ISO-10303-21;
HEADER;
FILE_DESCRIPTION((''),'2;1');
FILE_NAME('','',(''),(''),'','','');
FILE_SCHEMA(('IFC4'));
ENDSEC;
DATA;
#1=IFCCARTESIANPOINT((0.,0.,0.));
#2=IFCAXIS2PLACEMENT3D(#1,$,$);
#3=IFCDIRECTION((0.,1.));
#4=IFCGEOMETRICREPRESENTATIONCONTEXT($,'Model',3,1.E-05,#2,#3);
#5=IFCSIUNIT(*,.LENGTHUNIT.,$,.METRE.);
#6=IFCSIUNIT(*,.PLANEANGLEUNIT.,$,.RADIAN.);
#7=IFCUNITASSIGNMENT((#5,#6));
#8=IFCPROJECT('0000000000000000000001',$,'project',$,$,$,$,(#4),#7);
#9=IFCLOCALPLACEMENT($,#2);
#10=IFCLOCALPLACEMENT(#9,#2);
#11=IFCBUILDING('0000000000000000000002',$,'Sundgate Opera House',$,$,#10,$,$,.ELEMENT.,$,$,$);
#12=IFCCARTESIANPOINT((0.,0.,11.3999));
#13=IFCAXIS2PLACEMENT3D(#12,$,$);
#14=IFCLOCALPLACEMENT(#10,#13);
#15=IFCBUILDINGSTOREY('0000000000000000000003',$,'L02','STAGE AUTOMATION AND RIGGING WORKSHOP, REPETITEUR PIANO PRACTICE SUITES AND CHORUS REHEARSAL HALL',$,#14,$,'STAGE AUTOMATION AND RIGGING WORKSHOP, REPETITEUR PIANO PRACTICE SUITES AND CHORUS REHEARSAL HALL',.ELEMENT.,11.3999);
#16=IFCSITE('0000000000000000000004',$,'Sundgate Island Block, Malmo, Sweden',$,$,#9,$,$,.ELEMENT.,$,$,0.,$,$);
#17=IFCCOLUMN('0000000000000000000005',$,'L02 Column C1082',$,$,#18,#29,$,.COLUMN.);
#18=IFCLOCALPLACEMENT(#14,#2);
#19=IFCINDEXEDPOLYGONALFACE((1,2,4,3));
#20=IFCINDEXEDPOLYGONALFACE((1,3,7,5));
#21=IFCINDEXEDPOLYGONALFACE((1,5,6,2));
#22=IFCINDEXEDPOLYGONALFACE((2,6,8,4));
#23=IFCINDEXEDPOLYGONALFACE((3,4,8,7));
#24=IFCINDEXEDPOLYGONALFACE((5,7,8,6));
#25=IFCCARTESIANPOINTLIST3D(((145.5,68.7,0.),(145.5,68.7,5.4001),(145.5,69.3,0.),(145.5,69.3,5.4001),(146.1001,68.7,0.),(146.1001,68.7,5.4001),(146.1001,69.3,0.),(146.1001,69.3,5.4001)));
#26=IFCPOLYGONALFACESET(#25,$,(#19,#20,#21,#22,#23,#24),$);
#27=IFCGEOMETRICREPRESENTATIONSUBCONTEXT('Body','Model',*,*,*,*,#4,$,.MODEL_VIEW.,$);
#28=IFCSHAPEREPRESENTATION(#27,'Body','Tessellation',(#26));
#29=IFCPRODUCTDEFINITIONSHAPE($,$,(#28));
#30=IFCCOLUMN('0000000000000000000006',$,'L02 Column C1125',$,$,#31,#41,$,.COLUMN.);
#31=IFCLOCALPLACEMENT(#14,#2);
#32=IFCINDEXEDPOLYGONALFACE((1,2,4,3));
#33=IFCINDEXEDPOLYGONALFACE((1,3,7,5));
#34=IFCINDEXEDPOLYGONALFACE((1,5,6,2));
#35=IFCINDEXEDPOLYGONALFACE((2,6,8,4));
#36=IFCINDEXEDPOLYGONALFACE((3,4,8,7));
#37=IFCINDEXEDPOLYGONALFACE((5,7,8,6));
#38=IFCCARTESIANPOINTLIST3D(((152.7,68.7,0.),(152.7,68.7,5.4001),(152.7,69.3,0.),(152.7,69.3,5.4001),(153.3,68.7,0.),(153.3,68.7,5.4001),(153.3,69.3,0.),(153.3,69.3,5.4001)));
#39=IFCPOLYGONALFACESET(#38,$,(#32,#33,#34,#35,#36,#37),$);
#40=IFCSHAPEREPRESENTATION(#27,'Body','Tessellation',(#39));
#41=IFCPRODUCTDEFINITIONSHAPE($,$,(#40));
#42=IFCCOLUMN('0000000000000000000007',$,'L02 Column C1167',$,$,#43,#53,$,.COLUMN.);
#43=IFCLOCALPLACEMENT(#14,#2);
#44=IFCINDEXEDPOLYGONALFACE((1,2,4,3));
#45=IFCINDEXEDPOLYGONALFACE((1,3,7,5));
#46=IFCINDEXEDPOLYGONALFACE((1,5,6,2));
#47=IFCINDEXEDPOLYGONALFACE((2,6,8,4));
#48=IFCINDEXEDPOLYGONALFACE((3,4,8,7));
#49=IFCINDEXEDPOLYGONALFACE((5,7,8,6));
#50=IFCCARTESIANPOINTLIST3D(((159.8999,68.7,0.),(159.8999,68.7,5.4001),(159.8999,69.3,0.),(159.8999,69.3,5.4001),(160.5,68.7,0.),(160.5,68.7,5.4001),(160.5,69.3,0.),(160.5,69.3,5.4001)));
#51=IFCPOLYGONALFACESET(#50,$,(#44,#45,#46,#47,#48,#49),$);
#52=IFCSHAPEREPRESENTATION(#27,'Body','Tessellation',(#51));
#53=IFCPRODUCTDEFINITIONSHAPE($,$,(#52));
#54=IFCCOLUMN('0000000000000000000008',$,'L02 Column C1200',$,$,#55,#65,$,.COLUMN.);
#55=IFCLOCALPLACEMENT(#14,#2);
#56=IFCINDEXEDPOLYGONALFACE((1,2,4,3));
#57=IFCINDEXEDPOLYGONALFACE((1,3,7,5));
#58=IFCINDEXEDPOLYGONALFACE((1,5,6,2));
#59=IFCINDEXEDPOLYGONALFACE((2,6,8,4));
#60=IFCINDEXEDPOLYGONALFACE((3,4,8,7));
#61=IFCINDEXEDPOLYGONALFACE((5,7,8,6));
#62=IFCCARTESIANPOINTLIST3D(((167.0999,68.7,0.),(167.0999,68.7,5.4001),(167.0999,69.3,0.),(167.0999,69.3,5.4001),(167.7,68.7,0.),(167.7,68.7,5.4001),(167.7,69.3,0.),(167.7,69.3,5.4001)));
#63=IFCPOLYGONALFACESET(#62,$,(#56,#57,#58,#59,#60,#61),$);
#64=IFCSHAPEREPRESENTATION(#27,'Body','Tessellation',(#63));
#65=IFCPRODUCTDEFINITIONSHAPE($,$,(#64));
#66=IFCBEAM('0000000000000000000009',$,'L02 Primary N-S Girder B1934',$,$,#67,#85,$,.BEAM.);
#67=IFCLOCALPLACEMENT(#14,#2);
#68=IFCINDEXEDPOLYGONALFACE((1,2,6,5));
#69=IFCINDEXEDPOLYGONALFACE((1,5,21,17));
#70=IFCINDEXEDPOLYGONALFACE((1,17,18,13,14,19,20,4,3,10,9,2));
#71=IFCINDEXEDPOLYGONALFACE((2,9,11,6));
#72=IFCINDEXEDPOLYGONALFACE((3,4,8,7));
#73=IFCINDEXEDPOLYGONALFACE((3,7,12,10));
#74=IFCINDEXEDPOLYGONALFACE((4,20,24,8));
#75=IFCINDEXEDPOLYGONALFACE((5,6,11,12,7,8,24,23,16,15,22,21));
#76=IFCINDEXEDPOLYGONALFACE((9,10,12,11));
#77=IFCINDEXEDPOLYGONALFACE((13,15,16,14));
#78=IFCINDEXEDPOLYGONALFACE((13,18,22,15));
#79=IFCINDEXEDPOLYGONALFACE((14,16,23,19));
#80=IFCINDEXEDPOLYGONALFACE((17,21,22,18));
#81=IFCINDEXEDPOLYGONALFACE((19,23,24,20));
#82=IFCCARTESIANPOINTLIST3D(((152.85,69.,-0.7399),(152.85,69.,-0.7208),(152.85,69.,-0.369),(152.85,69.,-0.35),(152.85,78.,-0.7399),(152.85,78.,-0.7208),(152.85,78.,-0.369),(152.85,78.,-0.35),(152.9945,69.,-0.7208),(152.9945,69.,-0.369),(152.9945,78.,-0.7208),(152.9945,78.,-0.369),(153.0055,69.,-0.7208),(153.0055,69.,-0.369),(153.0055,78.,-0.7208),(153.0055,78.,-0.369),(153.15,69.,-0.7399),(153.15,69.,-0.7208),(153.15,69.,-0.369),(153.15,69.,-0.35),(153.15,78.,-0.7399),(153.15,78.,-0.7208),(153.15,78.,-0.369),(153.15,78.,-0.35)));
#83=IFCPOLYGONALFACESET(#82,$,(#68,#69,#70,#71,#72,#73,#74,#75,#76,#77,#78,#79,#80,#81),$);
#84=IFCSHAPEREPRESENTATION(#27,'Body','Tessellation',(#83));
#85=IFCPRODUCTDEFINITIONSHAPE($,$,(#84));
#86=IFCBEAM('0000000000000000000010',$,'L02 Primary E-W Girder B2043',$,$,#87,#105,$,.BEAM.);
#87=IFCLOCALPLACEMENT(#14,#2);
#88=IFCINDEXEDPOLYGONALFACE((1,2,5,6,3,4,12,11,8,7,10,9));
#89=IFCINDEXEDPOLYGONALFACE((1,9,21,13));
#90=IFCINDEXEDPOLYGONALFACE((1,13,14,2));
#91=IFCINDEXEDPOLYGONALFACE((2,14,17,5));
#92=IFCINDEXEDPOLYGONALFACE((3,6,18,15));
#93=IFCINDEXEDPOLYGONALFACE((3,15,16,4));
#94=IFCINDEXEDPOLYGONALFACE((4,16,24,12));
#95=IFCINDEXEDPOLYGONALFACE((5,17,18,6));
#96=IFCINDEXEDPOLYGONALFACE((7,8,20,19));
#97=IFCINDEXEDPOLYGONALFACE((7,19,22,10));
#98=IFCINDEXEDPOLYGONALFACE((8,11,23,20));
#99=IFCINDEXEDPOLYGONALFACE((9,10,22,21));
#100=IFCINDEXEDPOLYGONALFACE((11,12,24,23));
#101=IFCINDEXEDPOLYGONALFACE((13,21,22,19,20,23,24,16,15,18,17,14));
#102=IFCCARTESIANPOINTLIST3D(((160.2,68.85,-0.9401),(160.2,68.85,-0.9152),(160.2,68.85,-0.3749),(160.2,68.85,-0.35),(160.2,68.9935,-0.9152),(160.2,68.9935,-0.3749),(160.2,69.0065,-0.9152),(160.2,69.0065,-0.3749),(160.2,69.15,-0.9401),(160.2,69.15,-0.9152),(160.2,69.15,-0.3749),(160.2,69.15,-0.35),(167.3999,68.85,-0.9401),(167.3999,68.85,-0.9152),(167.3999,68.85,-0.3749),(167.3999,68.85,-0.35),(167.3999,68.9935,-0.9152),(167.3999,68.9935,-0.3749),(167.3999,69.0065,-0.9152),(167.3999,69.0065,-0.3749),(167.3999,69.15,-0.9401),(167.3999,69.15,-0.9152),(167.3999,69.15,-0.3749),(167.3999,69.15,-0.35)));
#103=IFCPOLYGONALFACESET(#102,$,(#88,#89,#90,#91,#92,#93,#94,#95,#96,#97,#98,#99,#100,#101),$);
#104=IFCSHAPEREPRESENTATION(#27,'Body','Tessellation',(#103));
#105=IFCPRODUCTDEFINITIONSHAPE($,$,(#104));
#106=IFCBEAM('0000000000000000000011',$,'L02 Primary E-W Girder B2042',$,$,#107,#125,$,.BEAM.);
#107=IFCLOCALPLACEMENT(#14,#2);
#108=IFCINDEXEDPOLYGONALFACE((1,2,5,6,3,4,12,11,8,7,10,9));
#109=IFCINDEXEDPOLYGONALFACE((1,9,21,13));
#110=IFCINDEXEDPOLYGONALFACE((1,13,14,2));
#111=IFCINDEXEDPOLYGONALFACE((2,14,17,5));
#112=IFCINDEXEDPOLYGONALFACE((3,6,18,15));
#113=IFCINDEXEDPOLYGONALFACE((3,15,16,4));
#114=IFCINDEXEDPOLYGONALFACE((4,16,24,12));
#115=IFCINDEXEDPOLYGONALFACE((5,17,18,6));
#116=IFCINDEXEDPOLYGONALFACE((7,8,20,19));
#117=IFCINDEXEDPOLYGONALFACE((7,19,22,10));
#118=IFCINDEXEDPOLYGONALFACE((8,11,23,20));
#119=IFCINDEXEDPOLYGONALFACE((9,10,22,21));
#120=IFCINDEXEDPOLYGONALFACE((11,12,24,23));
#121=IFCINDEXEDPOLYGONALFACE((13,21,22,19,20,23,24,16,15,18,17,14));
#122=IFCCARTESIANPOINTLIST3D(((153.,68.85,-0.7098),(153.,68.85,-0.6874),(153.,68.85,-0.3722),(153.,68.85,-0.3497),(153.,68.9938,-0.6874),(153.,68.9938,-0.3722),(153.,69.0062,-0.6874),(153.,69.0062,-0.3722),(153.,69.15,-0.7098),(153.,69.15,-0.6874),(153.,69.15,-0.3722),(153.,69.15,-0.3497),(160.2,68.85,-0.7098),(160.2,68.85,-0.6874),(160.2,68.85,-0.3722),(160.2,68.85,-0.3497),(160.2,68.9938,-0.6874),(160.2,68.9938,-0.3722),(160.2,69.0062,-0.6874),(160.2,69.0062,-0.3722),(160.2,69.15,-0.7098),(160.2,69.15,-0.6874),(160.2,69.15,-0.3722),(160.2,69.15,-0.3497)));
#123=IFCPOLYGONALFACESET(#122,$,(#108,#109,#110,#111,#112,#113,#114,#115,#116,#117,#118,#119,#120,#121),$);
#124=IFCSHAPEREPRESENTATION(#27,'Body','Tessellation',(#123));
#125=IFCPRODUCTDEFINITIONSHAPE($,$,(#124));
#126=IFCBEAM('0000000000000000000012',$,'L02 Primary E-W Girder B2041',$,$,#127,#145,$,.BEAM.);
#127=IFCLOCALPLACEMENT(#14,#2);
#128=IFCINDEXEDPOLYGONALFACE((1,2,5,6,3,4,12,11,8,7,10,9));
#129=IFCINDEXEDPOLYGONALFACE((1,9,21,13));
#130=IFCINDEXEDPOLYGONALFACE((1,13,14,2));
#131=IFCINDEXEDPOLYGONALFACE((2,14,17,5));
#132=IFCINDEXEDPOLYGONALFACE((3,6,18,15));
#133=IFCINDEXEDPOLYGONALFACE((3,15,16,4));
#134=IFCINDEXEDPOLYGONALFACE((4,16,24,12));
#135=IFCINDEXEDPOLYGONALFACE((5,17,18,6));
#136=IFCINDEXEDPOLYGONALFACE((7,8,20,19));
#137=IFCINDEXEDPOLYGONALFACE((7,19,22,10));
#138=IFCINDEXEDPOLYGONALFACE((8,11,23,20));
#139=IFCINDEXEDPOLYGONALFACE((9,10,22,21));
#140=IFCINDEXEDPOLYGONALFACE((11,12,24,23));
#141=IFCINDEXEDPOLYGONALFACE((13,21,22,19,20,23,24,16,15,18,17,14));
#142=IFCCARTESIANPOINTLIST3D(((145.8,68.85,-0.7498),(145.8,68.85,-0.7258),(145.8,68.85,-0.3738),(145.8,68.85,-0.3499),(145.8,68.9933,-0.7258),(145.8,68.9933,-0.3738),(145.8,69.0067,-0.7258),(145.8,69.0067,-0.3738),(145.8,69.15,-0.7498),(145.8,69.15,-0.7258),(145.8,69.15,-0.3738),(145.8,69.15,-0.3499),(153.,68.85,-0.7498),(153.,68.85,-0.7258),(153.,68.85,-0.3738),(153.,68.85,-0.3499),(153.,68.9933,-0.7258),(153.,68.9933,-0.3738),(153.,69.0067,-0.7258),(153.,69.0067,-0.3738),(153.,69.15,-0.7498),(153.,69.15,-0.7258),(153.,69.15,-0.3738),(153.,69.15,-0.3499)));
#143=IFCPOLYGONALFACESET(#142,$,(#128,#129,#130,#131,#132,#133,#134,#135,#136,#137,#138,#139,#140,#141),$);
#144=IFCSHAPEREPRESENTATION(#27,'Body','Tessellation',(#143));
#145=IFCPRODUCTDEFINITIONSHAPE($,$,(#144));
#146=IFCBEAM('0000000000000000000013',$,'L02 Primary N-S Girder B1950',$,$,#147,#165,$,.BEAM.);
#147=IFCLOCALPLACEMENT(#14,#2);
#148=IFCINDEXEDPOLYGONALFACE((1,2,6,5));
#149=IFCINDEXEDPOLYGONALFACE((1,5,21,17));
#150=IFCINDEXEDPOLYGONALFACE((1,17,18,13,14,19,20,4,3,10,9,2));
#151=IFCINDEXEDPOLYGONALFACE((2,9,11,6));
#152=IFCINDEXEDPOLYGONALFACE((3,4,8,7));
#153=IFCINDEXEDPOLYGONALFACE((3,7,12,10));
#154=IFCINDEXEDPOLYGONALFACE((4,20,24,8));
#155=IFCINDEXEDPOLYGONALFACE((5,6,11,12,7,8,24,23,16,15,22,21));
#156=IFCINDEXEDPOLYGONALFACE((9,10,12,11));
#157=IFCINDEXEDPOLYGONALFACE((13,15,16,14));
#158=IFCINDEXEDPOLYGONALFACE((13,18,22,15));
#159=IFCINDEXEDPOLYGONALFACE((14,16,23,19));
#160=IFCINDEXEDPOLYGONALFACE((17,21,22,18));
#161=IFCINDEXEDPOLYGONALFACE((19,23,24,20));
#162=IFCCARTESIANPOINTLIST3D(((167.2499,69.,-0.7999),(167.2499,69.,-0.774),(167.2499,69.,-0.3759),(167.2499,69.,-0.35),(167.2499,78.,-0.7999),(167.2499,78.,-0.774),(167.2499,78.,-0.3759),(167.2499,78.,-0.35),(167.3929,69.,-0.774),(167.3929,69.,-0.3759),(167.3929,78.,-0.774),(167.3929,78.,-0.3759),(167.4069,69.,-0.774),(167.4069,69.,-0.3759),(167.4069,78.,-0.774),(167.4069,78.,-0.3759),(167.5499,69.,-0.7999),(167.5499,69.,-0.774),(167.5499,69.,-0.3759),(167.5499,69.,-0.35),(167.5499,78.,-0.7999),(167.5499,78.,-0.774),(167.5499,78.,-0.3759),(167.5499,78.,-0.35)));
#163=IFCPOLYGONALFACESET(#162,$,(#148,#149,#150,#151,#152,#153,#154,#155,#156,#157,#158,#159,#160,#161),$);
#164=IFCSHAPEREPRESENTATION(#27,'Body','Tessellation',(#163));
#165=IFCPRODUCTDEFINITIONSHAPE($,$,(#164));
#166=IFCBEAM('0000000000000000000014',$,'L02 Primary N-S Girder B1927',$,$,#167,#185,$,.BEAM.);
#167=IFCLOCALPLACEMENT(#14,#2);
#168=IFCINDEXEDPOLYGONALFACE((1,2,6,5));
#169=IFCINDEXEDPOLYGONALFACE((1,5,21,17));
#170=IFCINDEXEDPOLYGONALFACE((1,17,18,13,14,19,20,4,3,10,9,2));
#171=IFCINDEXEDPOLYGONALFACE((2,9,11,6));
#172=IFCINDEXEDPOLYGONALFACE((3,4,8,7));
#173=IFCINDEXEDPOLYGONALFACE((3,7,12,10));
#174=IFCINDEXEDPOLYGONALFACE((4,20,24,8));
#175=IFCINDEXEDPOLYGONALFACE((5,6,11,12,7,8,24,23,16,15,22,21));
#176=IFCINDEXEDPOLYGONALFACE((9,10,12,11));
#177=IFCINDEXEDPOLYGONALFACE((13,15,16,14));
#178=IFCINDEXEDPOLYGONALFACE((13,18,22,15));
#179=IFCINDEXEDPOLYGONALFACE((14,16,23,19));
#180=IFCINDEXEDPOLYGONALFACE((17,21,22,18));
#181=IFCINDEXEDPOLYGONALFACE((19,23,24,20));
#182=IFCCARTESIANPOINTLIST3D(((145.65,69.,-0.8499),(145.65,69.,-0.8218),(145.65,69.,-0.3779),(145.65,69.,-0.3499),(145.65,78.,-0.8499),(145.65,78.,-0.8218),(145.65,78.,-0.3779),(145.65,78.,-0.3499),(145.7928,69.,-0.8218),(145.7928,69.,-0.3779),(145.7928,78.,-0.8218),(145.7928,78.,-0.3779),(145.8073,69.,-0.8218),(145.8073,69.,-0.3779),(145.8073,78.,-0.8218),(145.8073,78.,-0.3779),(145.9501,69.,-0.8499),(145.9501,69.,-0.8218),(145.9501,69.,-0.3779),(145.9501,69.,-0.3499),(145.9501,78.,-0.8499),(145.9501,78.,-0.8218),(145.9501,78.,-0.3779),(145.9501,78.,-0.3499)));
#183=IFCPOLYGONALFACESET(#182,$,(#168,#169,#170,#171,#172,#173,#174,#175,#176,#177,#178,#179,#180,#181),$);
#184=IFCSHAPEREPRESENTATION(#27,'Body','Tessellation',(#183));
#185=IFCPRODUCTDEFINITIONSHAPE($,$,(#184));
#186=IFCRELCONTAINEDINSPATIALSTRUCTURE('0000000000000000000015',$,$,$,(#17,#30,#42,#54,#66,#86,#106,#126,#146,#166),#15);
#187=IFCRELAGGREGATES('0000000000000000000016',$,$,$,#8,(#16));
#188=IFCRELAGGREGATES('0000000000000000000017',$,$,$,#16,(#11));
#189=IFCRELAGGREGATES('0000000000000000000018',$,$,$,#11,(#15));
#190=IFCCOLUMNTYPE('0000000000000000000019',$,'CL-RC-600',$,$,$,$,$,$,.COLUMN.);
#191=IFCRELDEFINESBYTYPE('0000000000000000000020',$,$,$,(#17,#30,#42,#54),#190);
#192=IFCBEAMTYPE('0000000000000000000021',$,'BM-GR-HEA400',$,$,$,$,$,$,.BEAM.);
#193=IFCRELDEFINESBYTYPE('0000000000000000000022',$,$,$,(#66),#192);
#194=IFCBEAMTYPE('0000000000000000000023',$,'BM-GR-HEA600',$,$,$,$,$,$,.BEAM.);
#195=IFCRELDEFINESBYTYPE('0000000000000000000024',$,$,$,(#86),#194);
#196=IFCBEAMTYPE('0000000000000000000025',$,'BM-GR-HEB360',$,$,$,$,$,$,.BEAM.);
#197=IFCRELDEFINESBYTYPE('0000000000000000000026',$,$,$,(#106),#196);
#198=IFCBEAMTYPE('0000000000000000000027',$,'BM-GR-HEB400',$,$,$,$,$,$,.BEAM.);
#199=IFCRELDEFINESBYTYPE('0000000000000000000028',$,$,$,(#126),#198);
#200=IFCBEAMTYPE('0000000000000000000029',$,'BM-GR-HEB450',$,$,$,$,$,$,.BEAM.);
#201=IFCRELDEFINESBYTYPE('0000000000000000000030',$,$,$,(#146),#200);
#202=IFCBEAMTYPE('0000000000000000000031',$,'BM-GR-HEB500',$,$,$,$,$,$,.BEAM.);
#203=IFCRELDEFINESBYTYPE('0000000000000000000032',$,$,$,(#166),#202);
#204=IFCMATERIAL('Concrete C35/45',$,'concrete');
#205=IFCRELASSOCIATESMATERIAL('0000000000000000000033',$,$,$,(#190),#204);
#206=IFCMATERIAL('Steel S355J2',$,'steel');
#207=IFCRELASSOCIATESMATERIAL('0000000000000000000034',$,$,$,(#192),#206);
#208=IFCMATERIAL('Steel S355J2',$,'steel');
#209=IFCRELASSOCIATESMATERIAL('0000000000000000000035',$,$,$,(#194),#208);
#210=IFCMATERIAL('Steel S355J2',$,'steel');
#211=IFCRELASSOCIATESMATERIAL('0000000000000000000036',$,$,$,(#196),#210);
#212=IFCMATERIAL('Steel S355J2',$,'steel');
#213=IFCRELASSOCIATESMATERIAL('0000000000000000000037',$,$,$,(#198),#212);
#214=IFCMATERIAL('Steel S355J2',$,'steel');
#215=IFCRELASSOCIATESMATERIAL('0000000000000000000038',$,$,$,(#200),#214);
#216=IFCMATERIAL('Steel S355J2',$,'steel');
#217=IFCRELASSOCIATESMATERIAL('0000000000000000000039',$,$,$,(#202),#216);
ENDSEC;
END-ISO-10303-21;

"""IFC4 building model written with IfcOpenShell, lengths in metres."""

from ifc_helpers import new_model, si_unit, direction, frame, origin, origin_2d, place, context, subcontext, project, spatial, rectangle, i_section, extrude, material, material_profile, profile_set, type_object, element, save


model = new_model("IFC4")

# Units and contexts
model_context = context("Model", 3, precision=1e-05, world=origin(), true_north=direction((0.0, 1.0)))
body_context = subcontext(model_context, "Body", "Model", "MODEL_VIEW")
ifc_project = project(units=[si_unit("LENGTHUNIT", "METRE"), si_unit("PLANEANGLEUNIT", "RADIAN")], contexts=[model_context])

# Site, building, storey
site_placement = place(None, origin())
site = spatial("IfcSite", under=ifc_project, at=site_placement, Name="Sundgate Island Block, Malmo, Sweden", CompositionType="ELEMENT", RefElevation=0.0)
building_placement = place(site_placement, origin())
building = spatial("IfcBuilding", under=site, at=building_placement, Name="Sundgate Opera House", CompositionType="ELEMENT")
storey_placement = place(building_placement, frame((0.0, 0.0, 11.3999)))
storey = spatial("IfcBuildingStorey", under=building, at=storey_placement, Name="L02", Description="STAGE AUTOMATION AND RIGGING WORKSHOP, REPETITEUR PIANO PRACTICE SUITES AND CHORUS REHEARSAL HALL", LongName="STAGE AUTOMATION AND RIGGING WORKSHOP, REPETITEUR PIANO PRACTICE SUITES AND CHORUS REHEARSAL HALL", CompositionType="ELEMENT", Elevation=11.3999)

# Columns
ifc_material_1 = material(Name="Concrete C35/45", Category="concrete")
ifc_material_profile_1 = material_profile(ifc_material_1, rectangle(XDim=0.6001, YDim=0.6001, at=origin_2d()), Name="RC 600x600")
ifc_profile_set_1 = profile_set([ifc_material_profile_1], Name="Concrete C35/45")
column_type = type_object("IfcColumnType", Name="CL-RC-600", PredefinedType="COLUMN", material=ifc_profile_set_1)
for number, where, z_axis, x_axis, name in (
    (1, (145.8, 69.0, 0.0), (0.0, 0.0, 1.0), (1.0, 0.0, 0.0), "L02 Column C1082"),
    (2, (153.0, 69.0, 0.0), (0.0, 0.0, 1.0), (1.0, 0.0, 0.0), "L02 Column C1125"),
    (3, (160.2, 69.0, 0.0), (0.0, 0.0, 1.0), (1.0, 0.0, 0.0), "L02 Column C1167"),
    (4, (167.3999, 69.0, 0.0), (0.0, 0.0, 1.0), (1.0, 0.0, 0.0), "L02 Column C1200"),
):
    element("IfcColumn", number, at=place(storey_placement, frame(where, z_axis=z_axis, x_axis=x_axis)), inside=storey, type_object=column_type, Name=name, PredefinedType="COLUMN", context=body_context, shape_type="SweptSolid", body=[
        extrude(rectangle(XDim=0.6001, YDim=0.6001, at=origin_2d()), origin(), (0.0, 0.0, 1.0), 5.4001),
    ])

# Beams
ifc_material_2 = material(Name="Steel S355J2", Category="steel")
ifc_material_profile_2 = material_profile(ifc_material_2, i_section(OverallWidth=0.3, OverallDepth=0.3899, WebThickness=0.011, FlangeThickness=0.019, at=origin_2d()), Name="HEA 400")
ifc_profile_set_2 = profile_set([ifc_material_profile_2], Name="Steel S355J2")
beam_type_1 = type_object("IfcBeamType", Name="BM-GR-HEA400", PredefinedType="BEAM", material=ifc_profile_set_2)
beam_1_placement = place(storey_placement, frame((153.0, 69.0, -0.5449), z_axis=(0.0, 1.0, 0.0), x_axis=(-1.0, 0.0, 0.0)))
element("IfcBeam", 5, at=beam_1_placement, inside=storey, type_object=beam_type_1, Name="L02 Primary N-S Girder B1934", PredefinedType="BEAM", context=body_context, shape_type="SweptSolid", body=[
    extrude(i_section(OverallWidth=0.3, OverallDepth=0.3899, WebThickness=0.011, FlangeThickness=0.019, at=origin_2d()), origin(), (0.0, 0.0, 1.0), 9.0),
])
ifc_material_3 = material(Name="Steel S355J2", Category="steel")
ifc_material_profile_3 = material_profile(ifc_material_3, i_section(OverallWidth=0.3, OverallDepth=0.5901, WebThickness=0.0129, FlangeThickness=0.0249, at=origin_2d()), Name="HEA 600")
ifc_profile_set_3 = profile_set([ifc_material_profile_3], Name="Steel S355J2")
beam_type_2 = type_object("IfcBeamType", Name="BM-GR-HEA600", PredefinedType="BEAM", material=ifc_profile_set_3)
beam_2_placement = place(storey_placement, frame((160.2, 69.0, -0.645), z_axis=(1.0, 0.0, 0.0), x_axis=(0.0, 1.0, 0.0)))
element("IfcBeam", 6, at=beam_2_placement, inside=storey, type_object=beam_type_2, Name="L02 Primary E-W Girder B2043", PredefinedType="BEAM", context=body_context, shape_type="SweptSolid", body=[
    extrude(i_section(OverallWidth=0.3, OverallDepth=0.5901, WebThickness=0.0129, FlangeThickness=0.0249, at=origin_2d()), origin(), (0.0, 0.0, 1.0), 7.2),
])
ifc_material_4 = material(Name="Steel S355J2", Category="steel")
ifc_material_profile_4 = material_profile(ifc_material_4, i_section(OverallWidth=0.3, OverallDepth=0.3601, WebThickness=0.0125, FlangeThickness=0.0225, at=origin_2d()), Name="HEB 360")
ifc_profile_set_4 = profile_set([ifc_material_profile_4], Name="Steel S355J2")
beam_type_3 = type_object("IfcBeamType", Name="BM-GR-HEB360", PredefinedType="BEAM", material=ifc_profile_set_4)
beam_3_placement = place(storey_placement, frame((153.0, 69.0, -0.5298), z_axis=(1.0, 0.0, 0.0), x_axis=(0.0, 1.0, 0.0)))
element("IfcBeam", 7, at=beam_3_placement, inside=storey, type_object=beam_type_3, Name="L02 Primary E-W Girder B2042", PredefinedType="BEAM", context=body_context, shape_type="SweptSolid", body=[
    extrude(i_section(OverallWidth=0.3, OverallDepth=0.3601, WebThickness=0.0125, FlangeThickness=0.0225, at=origin_2d()), origin(), (0.0, 0.0, 1.0), 7.2),
])
ifc_material_5 = material(Name="Steel S355J2", Category="steel")
ifc_material_profile_5 = material_profile(ifc_material_5, i_section(OverallWidth=0.3, OverallDepth=0.3999, WebThickness=0.0134, FlangeThickness=0.0239, at=origin_2d()), Name="HEB 400")
ifc_profile_set_5 = profile_set([ifc_material_profile_5], Name="Steel S355J2")
beam_type_4 = type_object("IfcBeamType", Name="BM-GR-HEB400", PredefinedType="BEAM", material=ifc_profile_set_5)
beam_4_placement = place(storey_placement, frame((145.8, 69.0, -0.5498), z_axis=(1.0, 0.0, 0.0), x_axis=(0.0, 1.0, 0.0)))
element("IfcBeam", 8, at=beam_4_placement, inside=storey, type_object=beam_type_4, Name="L02 Primary E-W Girder B2041", PredefinedType="BEAM", context=body_context, shape_type="SweptSolid", body=[
    extrude(i_section(OverallWidth=0.3, OverallDepth=0.3999, WebThickness=0.0134, FlangeThickness=0.0239, at=origin_2d()), origin(), (0.0, 0.0, 1.0), 7.2),
])
ifc_material_6 = material(Name="Steel S355J2", Category="steel")
ifc_material_profile_6 = material_profile(ifc_material_6, i_section(OverallWidth=0.3, OverallDepth=0.45, WebThickness=0.0139, FlangeThickness=0.0259, at=origin_2d()), Name="HEB 450")
ifc_profile_set_6 = profile_set([ifc_material_profile_6], Name="Steel S355J2")
beam_type_5 = type_object("IfcBeamType", Name="BM-GR-HEB450", PredefinedType="BEAM", material=ifc_profile_set_6)
beam_5_placement = place(storey_placement, frame((167.3999, 69.0, -0.575), z_axis=(0.0, 1.0, 0.0), x_axis=(-1.0, 0.0, 0.0)))
element("IfcBeam", 9, at=beam_5_placement, inside=storey, type_object=beam_type_5, Name="L02 Primary N-S Girder B1950", PredefinedType="BEAM", context=body_context, shape_type="SweptSolid", body=[
    extrude(i_section(OverallWidth=0.3, OverallDepth=0.45, WebThickness=0.0139, FlangeThickness=0.0259, at=origin_2d()), origin(), (0.0, 0.0, 1.0), 9.0),
])
ifc_material_7 = material(Name="Steel S355J2", Category="steel")
ifc_material_profile_7 = material_profile(ifc_material_7, i_section(OverallWidth=0.3, OverallDepth=0.5, WebThickness=0.0144, FlangeThickness=0.0281, at=origin_2d()), Name="HEB 500")
ifc_profile_set_7 = profile_set([ifc_material_profile_7], Name="Steel S355J2")
beam_type_6 = type_object("IfcBeamType", Name="BM-GR-HEB500", PredefinedType="BEAM", material=ifc_profile_set_7)
beam_6_placement = place(storey_placement, frame((145.8, 69.0, -0.5999), z_axis=(0.0, 1.0, 0.0), x_axis=(-1.0, 0.0, 0.0)))
element("IfcBeam", 10, at=beam_6_placement, inside=storey, type_object=beam_type_6, Name="L02 Primary N-S Girder B1927", PredefinedType="BEAM", context=body_context, shape_type="SweptSolid", body=[
    extrude(i_section(OverallWidth=0.3, OverallDepth=0.5, WebThickness=0.0144, FlangeThickness=0.0281, at=origin_2d()), origin(), (0.0, 0.0, 1.0), 9.0),
])

save(model, "model.ifc")
